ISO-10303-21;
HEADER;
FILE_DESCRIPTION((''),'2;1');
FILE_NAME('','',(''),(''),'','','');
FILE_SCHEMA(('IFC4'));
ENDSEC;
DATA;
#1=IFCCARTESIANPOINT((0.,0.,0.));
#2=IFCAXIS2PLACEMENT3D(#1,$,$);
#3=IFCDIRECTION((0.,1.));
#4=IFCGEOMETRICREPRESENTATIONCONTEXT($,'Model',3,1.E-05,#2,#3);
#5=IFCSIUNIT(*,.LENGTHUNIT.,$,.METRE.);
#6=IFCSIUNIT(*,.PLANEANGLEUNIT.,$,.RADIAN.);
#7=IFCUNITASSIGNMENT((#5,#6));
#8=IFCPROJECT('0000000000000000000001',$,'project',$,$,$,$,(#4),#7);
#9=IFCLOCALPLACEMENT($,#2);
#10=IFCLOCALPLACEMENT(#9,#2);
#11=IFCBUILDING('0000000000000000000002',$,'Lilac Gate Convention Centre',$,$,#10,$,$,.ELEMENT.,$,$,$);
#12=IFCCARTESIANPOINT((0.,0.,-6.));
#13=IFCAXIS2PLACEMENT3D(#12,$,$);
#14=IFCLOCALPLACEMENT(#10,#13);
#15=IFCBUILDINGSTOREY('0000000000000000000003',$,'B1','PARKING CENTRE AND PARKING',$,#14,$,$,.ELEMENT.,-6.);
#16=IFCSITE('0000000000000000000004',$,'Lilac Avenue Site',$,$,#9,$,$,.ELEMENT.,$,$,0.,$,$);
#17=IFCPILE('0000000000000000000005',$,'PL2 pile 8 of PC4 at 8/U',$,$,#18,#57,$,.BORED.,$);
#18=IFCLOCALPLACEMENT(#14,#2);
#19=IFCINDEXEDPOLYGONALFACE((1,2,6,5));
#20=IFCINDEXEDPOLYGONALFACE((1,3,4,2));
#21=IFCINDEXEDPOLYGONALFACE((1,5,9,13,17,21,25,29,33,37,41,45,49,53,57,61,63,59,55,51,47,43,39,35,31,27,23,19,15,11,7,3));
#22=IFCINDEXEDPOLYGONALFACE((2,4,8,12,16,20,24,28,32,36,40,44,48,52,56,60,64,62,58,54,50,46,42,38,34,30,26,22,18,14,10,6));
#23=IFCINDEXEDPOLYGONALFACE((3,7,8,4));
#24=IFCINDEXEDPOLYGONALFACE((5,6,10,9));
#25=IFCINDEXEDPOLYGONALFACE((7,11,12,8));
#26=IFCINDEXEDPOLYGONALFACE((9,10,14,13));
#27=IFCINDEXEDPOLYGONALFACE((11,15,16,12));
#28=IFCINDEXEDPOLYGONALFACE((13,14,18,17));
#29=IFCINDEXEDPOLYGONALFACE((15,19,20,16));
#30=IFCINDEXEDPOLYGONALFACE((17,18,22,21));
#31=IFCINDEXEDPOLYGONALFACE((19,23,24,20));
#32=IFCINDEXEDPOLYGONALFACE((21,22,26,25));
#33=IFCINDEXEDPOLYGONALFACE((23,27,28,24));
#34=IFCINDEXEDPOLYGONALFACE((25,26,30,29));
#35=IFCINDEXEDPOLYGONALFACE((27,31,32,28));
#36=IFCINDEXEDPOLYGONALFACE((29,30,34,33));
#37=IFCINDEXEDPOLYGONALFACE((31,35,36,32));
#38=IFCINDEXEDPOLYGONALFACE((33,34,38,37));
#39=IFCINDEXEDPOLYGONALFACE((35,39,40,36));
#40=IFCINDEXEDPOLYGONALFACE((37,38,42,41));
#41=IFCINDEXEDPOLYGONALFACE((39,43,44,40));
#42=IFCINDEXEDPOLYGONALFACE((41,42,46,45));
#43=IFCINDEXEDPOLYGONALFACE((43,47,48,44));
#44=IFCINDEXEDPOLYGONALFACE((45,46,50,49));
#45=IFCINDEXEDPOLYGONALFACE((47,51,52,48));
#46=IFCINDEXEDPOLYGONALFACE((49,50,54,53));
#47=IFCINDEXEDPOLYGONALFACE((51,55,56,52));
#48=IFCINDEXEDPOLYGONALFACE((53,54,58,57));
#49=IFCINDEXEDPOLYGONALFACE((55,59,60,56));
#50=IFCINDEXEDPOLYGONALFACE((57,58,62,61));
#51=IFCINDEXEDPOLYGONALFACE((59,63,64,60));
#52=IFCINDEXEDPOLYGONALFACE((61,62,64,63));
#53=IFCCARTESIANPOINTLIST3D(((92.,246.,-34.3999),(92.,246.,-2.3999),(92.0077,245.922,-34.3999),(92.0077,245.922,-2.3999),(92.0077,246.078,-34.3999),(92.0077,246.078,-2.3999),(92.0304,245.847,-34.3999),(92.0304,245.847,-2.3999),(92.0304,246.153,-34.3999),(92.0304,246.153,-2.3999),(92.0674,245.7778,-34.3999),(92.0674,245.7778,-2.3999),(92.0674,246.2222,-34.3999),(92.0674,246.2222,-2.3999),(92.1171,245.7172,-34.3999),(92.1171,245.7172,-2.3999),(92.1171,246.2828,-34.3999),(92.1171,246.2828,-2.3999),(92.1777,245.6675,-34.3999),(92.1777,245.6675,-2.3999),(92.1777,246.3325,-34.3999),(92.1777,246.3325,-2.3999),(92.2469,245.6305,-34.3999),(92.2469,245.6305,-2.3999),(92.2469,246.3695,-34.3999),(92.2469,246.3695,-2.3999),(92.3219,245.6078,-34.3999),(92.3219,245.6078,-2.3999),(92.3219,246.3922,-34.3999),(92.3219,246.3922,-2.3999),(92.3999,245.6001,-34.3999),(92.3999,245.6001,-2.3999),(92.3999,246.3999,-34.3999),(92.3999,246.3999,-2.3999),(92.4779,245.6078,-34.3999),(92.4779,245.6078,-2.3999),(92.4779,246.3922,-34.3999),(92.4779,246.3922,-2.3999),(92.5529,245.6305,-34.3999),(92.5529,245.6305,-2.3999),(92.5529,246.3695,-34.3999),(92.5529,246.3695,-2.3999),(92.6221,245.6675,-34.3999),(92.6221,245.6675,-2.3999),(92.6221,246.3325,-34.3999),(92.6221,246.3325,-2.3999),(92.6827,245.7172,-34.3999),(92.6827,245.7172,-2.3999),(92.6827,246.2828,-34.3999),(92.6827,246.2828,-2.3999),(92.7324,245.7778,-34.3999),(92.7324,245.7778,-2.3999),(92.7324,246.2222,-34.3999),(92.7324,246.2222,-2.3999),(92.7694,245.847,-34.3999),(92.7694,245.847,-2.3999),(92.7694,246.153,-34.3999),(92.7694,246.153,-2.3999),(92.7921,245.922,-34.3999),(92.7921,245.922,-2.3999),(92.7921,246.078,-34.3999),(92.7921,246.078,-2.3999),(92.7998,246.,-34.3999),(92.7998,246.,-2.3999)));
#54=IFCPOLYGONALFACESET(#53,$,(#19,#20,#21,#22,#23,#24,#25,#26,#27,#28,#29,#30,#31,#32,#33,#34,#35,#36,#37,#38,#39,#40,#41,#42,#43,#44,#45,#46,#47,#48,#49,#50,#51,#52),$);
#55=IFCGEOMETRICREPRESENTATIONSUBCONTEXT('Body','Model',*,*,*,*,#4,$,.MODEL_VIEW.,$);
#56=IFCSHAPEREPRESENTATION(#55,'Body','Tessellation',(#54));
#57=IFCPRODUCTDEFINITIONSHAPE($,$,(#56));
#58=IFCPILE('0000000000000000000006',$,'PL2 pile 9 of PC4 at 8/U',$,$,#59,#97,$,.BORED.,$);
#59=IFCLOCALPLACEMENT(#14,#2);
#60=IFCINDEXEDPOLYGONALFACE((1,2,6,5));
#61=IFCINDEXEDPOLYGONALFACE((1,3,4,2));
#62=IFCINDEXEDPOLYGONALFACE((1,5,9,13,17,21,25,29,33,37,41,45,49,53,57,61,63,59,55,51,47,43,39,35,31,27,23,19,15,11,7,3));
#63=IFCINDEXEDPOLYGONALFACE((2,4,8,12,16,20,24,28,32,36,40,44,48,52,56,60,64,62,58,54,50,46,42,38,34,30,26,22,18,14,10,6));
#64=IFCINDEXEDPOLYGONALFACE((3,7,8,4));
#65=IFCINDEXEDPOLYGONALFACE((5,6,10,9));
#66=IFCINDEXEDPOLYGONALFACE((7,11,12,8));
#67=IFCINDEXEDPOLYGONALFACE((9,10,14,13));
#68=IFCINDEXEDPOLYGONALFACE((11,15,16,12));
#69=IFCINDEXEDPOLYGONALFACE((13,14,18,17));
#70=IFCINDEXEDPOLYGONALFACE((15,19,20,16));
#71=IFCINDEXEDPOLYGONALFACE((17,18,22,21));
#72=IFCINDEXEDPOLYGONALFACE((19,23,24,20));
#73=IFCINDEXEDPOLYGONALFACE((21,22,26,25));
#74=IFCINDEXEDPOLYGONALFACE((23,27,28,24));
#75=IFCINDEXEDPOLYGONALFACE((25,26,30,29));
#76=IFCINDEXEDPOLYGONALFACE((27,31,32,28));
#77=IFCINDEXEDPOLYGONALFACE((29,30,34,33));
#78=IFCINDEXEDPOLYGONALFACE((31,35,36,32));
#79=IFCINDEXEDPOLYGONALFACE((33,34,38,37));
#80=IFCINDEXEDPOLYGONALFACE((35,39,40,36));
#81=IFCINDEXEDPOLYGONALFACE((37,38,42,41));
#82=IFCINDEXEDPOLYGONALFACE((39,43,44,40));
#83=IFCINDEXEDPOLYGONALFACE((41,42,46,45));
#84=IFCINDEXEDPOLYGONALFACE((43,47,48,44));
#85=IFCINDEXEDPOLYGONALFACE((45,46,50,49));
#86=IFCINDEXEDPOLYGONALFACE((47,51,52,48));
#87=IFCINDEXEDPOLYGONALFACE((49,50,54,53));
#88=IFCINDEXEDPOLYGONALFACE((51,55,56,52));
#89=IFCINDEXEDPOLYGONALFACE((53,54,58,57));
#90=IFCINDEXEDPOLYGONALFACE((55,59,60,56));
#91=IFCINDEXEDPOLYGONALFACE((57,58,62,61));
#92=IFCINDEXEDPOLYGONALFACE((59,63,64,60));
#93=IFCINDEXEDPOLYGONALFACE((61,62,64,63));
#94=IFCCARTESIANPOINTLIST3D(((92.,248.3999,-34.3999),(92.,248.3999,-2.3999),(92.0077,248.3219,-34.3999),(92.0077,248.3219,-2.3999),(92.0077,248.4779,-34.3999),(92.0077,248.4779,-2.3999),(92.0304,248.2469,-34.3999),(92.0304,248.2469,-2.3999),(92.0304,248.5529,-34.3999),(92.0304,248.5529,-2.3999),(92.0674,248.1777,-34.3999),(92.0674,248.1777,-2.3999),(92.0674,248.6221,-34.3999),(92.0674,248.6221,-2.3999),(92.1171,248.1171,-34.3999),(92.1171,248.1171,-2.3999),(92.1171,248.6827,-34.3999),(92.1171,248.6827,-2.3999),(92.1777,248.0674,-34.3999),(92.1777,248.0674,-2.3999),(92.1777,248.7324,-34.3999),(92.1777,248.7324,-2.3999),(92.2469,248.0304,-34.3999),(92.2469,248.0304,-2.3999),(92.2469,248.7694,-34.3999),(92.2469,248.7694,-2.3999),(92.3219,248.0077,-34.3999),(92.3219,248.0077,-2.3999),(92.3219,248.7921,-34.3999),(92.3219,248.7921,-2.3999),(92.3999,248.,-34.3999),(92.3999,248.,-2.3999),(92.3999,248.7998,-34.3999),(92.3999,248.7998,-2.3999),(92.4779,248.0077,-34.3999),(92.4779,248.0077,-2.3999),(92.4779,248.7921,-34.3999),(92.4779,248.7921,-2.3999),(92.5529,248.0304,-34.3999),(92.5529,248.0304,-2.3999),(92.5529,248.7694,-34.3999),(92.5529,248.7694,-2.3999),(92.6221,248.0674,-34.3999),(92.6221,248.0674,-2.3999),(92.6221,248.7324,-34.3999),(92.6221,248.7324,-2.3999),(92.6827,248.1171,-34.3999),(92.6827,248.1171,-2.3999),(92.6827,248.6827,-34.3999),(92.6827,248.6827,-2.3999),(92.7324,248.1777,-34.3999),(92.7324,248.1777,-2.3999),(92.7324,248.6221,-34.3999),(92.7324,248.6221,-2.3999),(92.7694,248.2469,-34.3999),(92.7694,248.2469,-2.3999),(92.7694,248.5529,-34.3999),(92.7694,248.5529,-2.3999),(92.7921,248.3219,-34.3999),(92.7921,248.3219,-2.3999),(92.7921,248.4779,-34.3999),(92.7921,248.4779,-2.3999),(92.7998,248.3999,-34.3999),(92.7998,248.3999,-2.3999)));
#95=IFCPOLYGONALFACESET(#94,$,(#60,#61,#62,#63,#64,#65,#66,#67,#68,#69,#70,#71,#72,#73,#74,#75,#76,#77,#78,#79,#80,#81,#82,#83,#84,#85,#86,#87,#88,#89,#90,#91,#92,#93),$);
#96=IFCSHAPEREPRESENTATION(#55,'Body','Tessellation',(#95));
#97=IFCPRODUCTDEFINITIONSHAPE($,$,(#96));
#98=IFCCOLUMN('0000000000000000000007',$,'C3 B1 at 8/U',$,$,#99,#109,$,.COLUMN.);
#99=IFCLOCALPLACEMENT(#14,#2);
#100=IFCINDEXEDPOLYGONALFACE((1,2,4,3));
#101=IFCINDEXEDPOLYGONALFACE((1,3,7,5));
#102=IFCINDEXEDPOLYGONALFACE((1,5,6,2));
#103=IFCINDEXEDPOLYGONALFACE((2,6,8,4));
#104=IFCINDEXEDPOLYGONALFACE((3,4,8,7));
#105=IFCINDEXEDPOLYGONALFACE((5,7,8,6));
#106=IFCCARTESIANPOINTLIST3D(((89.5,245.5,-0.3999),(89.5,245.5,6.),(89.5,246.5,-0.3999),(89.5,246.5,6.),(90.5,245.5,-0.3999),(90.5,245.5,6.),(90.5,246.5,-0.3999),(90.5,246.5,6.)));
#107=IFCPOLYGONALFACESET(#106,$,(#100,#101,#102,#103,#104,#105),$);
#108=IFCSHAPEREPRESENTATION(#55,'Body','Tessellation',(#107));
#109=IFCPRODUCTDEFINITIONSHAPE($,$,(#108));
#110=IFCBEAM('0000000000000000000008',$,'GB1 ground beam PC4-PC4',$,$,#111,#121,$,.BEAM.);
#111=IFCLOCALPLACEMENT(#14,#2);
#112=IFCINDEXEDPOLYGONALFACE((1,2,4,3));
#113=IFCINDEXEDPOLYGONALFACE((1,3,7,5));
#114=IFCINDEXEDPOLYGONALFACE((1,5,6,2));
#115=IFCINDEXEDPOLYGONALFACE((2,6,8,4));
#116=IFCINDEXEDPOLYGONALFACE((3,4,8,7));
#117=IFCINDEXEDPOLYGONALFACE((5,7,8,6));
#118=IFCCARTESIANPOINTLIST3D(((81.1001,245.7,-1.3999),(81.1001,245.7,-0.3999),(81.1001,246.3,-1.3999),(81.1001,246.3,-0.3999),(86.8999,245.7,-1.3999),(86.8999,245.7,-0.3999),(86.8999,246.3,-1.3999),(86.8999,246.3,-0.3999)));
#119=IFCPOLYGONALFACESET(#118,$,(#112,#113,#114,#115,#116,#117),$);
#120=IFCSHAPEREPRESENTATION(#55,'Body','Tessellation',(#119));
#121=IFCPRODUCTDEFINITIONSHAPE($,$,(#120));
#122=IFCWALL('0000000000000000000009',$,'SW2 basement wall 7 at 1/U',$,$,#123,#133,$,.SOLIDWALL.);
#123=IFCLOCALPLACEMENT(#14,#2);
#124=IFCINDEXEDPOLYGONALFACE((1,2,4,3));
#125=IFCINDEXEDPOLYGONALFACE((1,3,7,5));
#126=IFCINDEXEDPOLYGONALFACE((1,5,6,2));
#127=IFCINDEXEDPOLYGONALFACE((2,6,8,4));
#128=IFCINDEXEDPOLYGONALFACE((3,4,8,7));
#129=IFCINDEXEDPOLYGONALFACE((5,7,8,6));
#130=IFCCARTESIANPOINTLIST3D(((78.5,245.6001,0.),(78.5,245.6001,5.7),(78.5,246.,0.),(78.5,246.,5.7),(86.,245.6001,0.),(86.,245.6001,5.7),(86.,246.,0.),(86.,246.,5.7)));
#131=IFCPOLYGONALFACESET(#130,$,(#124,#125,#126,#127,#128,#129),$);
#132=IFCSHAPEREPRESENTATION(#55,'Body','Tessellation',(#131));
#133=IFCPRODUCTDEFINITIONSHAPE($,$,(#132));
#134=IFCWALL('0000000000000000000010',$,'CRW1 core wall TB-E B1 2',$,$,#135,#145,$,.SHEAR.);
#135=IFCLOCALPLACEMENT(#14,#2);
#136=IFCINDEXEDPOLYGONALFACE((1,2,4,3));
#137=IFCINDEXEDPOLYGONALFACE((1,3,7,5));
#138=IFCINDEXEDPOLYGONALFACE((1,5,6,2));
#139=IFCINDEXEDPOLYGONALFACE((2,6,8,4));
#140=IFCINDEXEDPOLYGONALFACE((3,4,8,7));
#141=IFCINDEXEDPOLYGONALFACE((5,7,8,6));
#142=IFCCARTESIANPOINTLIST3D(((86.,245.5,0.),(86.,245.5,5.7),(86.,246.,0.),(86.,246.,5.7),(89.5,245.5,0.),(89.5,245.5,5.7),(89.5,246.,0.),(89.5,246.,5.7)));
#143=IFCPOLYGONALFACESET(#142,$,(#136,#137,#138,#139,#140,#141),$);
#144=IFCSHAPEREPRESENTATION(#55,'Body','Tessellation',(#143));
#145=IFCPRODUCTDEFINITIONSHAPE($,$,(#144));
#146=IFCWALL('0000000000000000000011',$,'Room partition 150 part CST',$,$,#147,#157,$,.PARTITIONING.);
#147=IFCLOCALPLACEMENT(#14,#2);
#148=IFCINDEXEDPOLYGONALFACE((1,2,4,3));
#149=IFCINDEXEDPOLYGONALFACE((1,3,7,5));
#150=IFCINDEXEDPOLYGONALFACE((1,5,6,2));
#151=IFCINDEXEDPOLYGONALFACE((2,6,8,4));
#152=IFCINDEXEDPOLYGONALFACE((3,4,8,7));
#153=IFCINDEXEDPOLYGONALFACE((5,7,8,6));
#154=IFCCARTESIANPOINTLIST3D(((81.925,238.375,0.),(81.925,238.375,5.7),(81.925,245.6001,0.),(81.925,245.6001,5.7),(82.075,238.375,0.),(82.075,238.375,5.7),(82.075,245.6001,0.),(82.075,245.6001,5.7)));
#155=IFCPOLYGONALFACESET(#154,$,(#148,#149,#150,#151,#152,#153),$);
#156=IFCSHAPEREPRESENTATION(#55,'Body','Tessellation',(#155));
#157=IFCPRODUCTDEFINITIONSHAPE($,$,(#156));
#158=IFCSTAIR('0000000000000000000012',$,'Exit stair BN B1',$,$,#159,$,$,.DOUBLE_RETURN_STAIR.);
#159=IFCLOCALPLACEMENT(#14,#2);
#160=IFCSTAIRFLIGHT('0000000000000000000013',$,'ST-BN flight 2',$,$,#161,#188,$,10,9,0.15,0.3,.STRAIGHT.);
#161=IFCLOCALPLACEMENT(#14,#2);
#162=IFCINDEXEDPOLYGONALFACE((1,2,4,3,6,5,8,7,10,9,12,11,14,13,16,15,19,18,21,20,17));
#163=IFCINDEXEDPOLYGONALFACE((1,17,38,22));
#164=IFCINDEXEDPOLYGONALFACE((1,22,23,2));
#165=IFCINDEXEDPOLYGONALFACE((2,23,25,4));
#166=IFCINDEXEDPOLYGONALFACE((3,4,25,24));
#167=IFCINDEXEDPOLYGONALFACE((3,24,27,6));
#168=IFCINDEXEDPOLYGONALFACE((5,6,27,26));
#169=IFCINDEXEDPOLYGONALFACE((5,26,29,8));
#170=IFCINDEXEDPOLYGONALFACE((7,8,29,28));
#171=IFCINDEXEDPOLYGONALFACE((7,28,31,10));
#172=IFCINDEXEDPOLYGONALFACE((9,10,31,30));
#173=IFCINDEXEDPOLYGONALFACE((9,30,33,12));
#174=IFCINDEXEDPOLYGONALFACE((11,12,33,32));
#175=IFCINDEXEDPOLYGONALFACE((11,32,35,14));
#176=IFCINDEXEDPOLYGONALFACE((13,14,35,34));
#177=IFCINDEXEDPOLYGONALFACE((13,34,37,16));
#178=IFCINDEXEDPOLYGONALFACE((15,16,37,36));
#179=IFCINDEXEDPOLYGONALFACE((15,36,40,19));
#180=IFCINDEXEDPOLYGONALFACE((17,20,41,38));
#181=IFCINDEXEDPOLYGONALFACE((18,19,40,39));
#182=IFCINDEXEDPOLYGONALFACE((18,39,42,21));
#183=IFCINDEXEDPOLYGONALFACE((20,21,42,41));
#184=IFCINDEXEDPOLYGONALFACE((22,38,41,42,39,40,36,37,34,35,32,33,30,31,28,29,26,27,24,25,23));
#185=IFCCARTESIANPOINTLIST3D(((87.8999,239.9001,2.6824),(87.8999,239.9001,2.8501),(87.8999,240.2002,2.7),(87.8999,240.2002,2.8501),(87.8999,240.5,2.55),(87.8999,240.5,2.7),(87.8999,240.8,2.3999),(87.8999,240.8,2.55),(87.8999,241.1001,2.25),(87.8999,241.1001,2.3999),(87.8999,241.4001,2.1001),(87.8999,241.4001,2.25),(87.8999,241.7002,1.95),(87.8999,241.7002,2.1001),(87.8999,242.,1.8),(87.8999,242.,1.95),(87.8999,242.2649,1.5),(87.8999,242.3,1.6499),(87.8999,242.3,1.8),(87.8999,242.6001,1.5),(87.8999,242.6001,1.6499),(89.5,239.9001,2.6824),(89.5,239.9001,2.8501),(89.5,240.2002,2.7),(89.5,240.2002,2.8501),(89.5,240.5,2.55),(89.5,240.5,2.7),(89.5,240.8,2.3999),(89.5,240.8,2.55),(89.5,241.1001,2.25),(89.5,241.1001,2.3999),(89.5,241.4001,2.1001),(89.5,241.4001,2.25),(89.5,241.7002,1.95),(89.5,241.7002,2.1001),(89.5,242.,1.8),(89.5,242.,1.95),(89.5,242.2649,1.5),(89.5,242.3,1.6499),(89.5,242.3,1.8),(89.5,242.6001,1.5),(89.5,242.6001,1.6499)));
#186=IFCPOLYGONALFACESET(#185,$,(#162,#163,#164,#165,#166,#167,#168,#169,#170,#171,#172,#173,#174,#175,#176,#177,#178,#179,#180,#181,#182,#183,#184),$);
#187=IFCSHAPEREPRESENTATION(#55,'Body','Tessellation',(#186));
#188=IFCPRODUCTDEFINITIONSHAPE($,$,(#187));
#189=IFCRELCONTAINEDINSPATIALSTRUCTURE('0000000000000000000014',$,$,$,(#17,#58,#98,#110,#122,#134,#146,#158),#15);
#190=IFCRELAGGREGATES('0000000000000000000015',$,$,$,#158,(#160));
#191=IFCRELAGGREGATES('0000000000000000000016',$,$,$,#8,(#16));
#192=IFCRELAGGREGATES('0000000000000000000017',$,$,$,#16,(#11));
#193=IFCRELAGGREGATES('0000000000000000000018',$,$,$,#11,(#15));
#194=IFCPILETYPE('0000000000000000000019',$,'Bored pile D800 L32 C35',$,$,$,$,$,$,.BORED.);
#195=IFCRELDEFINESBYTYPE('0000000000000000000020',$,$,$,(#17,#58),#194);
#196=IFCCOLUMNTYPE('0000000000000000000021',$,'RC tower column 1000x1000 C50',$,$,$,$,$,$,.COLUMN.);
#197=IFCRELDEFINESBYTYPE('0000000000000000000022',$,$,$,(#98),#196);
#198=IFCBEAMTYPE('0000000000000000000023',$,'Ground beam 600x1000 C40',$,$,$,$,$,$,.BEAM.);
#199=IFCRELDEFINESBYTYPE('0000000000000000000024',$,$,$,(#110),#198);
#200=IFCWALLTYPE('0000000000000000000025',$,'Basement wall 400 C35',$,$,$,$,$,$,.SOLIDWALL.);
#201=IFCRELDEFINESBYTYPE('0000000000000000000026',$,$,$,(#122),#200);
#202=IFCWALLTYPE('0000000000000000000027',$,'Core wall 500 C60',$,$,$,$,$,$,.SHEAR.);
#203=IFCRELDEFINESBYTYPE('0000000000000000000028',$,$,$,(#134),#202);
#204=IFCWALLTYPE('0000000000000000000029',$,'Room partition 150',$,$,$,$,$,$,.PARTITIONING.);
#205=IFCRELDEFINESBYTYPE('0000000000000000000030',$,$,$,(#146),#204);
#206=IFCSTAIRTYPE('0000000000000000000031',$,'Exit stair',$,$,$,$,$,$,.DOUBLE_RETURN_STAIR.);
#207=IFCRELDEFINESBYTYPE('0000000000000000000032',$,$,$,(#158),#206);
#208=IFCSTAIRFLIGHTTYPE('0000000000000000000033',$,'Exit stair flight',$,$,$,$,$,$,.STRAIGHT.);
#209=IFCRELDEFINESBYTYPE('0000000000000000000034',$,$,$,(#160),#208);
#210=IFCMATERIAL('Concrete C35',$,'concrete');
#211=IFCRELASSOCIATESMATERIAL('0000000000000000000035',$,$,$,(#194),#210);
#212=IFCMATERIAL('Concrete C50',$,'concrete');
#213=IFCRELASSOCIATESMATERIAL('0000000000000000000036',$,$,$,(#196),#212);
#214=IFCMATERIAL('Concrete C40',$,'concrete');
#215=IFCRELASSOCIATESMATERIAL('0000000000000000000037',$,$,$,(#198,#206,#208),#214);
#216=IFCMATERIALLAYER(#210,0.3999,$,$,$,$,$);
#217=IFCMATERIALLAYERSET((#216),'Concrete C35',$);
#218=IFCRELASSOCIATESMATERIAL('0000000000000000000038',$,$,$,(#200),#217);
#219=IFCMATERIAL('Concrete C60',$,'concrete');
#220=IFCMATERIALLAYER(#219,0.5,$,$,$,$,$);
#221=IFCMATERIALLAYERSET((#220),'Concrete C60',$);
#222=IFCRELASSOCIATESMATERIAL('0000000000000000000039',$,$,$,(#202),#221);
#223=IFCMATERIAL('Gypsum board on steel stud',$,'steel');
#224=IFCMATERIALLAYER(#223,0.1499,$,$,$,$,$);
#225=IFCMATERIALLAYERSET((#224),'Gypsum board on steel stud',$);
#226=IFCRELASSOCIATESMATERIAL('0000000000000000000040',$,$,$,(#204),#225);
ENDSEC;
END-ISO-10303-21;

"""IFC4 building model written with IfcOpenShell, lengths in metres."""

from ifc_helpers import new_model, si_unit, direction, frame, frame_2d, origin, origin_2d, place, context, subcontext, project, spatial, polyline, rectangle, circle, outline, extrude, material, layer, layer_set, material_profile, profile_set, type_object, element, aggregate, save


model = new_model("IFC4")

# Units and contexts
model_context = context("Model", 3, precision=1e-05, world=origin(), true_north=direction((0.0, 1.0)))
body_context = subcontext(model_context, "Body", "Model", "MODEL_VIEW")
ifc_project = project(units=[si_unit("LENGTHUNIT", "METRE"), si_unit("PLANEANGLEUNIT", "RADIAN")], contexts=[model_context])

# Site, building, storey
site_placement = place(None, origin())
site = spatial("IfcSite", under=ifc_project, at=site_placement, Name="Lilac Avenue Site", CompositionType="ELEMENT", RefElevation=0.0)
building_placement = place(site_placement, origin())
building = spatial("IfcBuilding", under=site, at=building_placement, Name="Lilac Gate Convention Centre", CompositionType="ELEMENT")
storey_placement = place(building_placement, frame((0.0, 0.0, -6.0)))
storey = spatial("IfcBuildingStorey", under=building, at=storey_placement, Name="B1", Description="PARKING CENTRE AND PARKING", CompositionType="ELEMENT", Elevation=-6.0)

# Piles
ifc_material_1 = material(Name="Concrete C35", Category="concrete")
ifc_material_profile_1 = material_profile(ifc_material_1, circle(Radius=0.3999, at=origin_2d()), Name="D800")
ifc_profile_set_1 = profile_set([ifc_material_profile_1], Name="Concrete C35")
pile_type = type_object("IfcPileType", Name="Bored pile D800 L32 C35", PredefinedType="BORED", material=ifc_profile_set_1)
for number, where, z_axis, x_axis, name in (
    (1, (92.3999, 246.0, -2.3999), (0.0, 0.0, -1.0), (1.0, 0.0, 0.0), "PL2 pile 8 of PC4 at 8/U"),
    (2, (92.3999, 248.3999, -2.3999), (0.0, 0.0, -1.0), (1.0, 0.0, 0.0), "PL2 pile 9 of PC4 at 8/U"),
):
    element("IfcPile", number, at=place(storey_placement, frame(where, z_axis=z_axis, x_axis=x_axis)), inside=storey, type_object=pile_type, Name=name, PredefinedType="BORED", context=body_context, shape_type="SweptSolid", body=[
        extrude(circle(Radius=0.3999, at=origin_2d()), origin(), (0.0, 0.0, 1.0), 32.0),
    ])

# Column
ifc_material_2 = material(Name="Concrete C50", Category="concrete")
ifc_material_profile_2 = material_profile(ifc_material_2, rectangle(XDim=1.0, YDim=1.0, at=origin_2d()), Name="RC 1000x1000")
ifc_profile_set_2 = profile_set([ifc_material_profile_2], Name="Concrete C50")
column_type = type_object("IfcColumnType", Name="RC tower column 1000x1000 C50", PredefinedType="COLUMN", material=ifc_profile_set_2)
column_placement = place(storey_placement, frame((90.0, 246.0, -0.3999), z_axis=(0.0, 0.0, 1.0), x_axis=(1.0, 0.0, 0.0)))
element("IfcColumn", 3, at=column_placement, inside=storey, type_object=column_type, Name="C3 B1 at 8/U", PredefinedType="COLUMN", context=body_context, shape_type="SweptSolid", body=[
    extrude(rectangle(XDim=1.0, YDim=1.0, at=origin_2d()), origin(), (0.0, 0.0, 1.0), 6.3999),
])

# Beam
ifc_material_3 = material(Name="Concrete C40", Category="concrete")
ifc_material_profile_3 = material_profile(ifc_material_3, rectangle(XDim=0.6001, YDim=1.0, at=origin_2d()), Name="RC 600x1000")
ifc_profile_set_3 = profile_set([ifc_material_profile_3], Name="Concrete C40")
beam_type = type_object("IfcBeamType", Name="Ground beam 600x1000 C40", PredefinedType="BEAM", material=ifc_profile_set_3)
beam_placement = place(storey_placement, frame((81.1001, 246.0, -0.8999), z_axis=(1.0, 0.0, 0.0), x_axis=(0.0, 1.0, 0.0)))
element("IfcBeam", 4, at=beam_placement, inside=storey, type_object=beam_type, Name="GB1 ground beam PC4-PC4", PredefinedType="BEAM", context=body_context, shape_type="SweptSolid", body=[
    extrude(rectangle(XDim=0.6001, YDim=1.0, at=origin_2d()), origin(), (0.0, 0.0, 1.0), 5.7998),
])

# Walls
ifc_layer_1 = layer(ifc_material_1, 0.3999)
ifc_layer_set_1 = layer_set([ifc_layer_1], Name="Concrete C35")
wall_type_1 = type_object("IfcWallType", Name="Basement wall 400 C35", PredefinedType="SOLIDWALL", material=ifc_layer_set_1)
wall_1_placement = place(storey_placement, frame((78.5, 245.8, 0.0), z_axis=(0.0, 0.0, 1.0), x_axis=(1.0, 0.0, 0.0)))
element("IfcWall", 5, at=wall_1_placement, inside=storey, type_object=wall_type_1, Name="SW2 basement wall 7 at 1/U", PredefinedType="SOLIDWALL", context=body_context, shape_type="SweptSolid", body=[
    extrude(rectangle(XDim=7.5, YDim=0.3999, at=frame_2d((3.75, 0.0))), origin(), (0.0, 0.0, 1.0), 5.7),
])
ifc_material_4 = material(Name="Concrete C60", Category="concrete")
ifc_layer_2 = layer(ifc_material_4, 0.5)
ifc_layer_set_2 = layer_set([ifc_layer_2], Name="Concrete C60")
wall_type_2 = type_object("IfcWallType", Name="Core wall 500 C60", PredefinedType="SHEAR", material=ifc_layer_set_2)
wall_2_placement = place(storey_placement, frame((86.0, 245.75, 0.0), z_axis=(0.0, 0.0, 1.0), x_axis=(1.0, 0.0, 0.0)))
element("IfcWall", 6, at=wall_2_placement, inside=storey, type_object=wall_type_2, Name="CRW1 core wall TB-E B1 2", PredefinedType="SHEAR", context=body_context, shape_type="SweptSolid", body=[
    extrude(rectangle(XDim=3.5, YDim=0.5, at=frame_2d((1.75, 0.0))), origin(), (0.0, 0.0, 1.0), 5.7),
])
ifc_material_5 = material(Name="Gypsum board on steel stud", Category="steel")
ifc_layer_3 = layer(ifc_material_5, 0.1499)
ifc_layer_set_3 = layer_set([ifc_layer_3], Name="Gypsum board on steel stud")
wall_type_3 = type_object("IfcWallType", Name="Room partition 150", PredefinedType="PARTITIONING", material=ifc_layer_set_3)
wall_3_placement = place(storey_placement, frame((82.0, 245.6001, 0.0), z_axis=(0.0, 0.0, 1.0), x_axis=(0.0, -1.0, 0.0)))
element("IfcWall", 7, at=wall_3_placement, inside=storey, type_object=wall_type_3, Name="Room partition 150 part CST", PredefinedType="PARTITIONING", context=body_context, shape_type="SweptSolid", body=[
    extrude(rectangle(XDim=7.2251, YDim=0.1499, at=frame_2d((3.6125, 0.0))), origin(), (0.0, 0.0, 1.0), 5.7),
])

# Stair, stair flight
stair_type = type_object("IfcStairType", Name="Exit stair", PredefinedType="DOUBLE_RETURN_STAIR", material=ifc_material_3)
stair_placement = place(storey_placement, origin())
stair = element("IfcStair", 8, at=stair_placement, inside=storey, type_object=stair_type, Name="Exit stair BN B1", PredefinedType="DOUBLE_RETURN_STAIR")
stair_flight_type = type_object("IfcStairFlightType", Name="Exit stair flight", PredefinedType="STRAIGHT", material=ifc_material_3)
stair_flight_1_placement = place(storey_placement, frame((88.7, 242.6001, 1.5), z_axis=(0.0, 0.0, 1.0), x_axis=(0.0, -1.0, 0.0)))
stair_flight_1 = element("IfcStairFlight", 9, at=stair_flight_1_placement, type_object=stair_flight_type, Name="ST-BN flight 2", NumberOfRisers=10, NumberOfTreads=9, PredefinedType="STRAIGHT", RiserHeight=0.15, TreadLength=0.3, context=body_context, shape_type="SweptSolid", body=[
    extrude(outline(polyline([(0.0, 0.0), (0.0, 0.1499), (0.3, 0.1499), (0.3, 0.3), (0.6001, 0.3), (0.6001, 0.45), (0.8999, 0.45), (0.8999, 0.6001), (1.2, 0.6001), (1.2, 0.75), (1.5, 0.75), (1.5, 0.8999), (1.8, 0.8999), (1.8, 1.05), (2.1001, 1.05), (2.1001, 1.2), (2.3999, 1.2), (2.3999, 1.3501), (2.7, 1.3501), (2.7, 1.5), (2.7, 1.1824), (0.3352, 0.0), (0.0, 0.0)])), frame((0.0, 0.8, 0.0), z_axis=(0.0, -1.0, 0.0), x_axis=(1.0, 0.0, 0.0)), (0.0, 0.0, 1.0), 1.6001),
])
aggregate(stair, [stair_flight_1])

save(model, "model.ifc")
